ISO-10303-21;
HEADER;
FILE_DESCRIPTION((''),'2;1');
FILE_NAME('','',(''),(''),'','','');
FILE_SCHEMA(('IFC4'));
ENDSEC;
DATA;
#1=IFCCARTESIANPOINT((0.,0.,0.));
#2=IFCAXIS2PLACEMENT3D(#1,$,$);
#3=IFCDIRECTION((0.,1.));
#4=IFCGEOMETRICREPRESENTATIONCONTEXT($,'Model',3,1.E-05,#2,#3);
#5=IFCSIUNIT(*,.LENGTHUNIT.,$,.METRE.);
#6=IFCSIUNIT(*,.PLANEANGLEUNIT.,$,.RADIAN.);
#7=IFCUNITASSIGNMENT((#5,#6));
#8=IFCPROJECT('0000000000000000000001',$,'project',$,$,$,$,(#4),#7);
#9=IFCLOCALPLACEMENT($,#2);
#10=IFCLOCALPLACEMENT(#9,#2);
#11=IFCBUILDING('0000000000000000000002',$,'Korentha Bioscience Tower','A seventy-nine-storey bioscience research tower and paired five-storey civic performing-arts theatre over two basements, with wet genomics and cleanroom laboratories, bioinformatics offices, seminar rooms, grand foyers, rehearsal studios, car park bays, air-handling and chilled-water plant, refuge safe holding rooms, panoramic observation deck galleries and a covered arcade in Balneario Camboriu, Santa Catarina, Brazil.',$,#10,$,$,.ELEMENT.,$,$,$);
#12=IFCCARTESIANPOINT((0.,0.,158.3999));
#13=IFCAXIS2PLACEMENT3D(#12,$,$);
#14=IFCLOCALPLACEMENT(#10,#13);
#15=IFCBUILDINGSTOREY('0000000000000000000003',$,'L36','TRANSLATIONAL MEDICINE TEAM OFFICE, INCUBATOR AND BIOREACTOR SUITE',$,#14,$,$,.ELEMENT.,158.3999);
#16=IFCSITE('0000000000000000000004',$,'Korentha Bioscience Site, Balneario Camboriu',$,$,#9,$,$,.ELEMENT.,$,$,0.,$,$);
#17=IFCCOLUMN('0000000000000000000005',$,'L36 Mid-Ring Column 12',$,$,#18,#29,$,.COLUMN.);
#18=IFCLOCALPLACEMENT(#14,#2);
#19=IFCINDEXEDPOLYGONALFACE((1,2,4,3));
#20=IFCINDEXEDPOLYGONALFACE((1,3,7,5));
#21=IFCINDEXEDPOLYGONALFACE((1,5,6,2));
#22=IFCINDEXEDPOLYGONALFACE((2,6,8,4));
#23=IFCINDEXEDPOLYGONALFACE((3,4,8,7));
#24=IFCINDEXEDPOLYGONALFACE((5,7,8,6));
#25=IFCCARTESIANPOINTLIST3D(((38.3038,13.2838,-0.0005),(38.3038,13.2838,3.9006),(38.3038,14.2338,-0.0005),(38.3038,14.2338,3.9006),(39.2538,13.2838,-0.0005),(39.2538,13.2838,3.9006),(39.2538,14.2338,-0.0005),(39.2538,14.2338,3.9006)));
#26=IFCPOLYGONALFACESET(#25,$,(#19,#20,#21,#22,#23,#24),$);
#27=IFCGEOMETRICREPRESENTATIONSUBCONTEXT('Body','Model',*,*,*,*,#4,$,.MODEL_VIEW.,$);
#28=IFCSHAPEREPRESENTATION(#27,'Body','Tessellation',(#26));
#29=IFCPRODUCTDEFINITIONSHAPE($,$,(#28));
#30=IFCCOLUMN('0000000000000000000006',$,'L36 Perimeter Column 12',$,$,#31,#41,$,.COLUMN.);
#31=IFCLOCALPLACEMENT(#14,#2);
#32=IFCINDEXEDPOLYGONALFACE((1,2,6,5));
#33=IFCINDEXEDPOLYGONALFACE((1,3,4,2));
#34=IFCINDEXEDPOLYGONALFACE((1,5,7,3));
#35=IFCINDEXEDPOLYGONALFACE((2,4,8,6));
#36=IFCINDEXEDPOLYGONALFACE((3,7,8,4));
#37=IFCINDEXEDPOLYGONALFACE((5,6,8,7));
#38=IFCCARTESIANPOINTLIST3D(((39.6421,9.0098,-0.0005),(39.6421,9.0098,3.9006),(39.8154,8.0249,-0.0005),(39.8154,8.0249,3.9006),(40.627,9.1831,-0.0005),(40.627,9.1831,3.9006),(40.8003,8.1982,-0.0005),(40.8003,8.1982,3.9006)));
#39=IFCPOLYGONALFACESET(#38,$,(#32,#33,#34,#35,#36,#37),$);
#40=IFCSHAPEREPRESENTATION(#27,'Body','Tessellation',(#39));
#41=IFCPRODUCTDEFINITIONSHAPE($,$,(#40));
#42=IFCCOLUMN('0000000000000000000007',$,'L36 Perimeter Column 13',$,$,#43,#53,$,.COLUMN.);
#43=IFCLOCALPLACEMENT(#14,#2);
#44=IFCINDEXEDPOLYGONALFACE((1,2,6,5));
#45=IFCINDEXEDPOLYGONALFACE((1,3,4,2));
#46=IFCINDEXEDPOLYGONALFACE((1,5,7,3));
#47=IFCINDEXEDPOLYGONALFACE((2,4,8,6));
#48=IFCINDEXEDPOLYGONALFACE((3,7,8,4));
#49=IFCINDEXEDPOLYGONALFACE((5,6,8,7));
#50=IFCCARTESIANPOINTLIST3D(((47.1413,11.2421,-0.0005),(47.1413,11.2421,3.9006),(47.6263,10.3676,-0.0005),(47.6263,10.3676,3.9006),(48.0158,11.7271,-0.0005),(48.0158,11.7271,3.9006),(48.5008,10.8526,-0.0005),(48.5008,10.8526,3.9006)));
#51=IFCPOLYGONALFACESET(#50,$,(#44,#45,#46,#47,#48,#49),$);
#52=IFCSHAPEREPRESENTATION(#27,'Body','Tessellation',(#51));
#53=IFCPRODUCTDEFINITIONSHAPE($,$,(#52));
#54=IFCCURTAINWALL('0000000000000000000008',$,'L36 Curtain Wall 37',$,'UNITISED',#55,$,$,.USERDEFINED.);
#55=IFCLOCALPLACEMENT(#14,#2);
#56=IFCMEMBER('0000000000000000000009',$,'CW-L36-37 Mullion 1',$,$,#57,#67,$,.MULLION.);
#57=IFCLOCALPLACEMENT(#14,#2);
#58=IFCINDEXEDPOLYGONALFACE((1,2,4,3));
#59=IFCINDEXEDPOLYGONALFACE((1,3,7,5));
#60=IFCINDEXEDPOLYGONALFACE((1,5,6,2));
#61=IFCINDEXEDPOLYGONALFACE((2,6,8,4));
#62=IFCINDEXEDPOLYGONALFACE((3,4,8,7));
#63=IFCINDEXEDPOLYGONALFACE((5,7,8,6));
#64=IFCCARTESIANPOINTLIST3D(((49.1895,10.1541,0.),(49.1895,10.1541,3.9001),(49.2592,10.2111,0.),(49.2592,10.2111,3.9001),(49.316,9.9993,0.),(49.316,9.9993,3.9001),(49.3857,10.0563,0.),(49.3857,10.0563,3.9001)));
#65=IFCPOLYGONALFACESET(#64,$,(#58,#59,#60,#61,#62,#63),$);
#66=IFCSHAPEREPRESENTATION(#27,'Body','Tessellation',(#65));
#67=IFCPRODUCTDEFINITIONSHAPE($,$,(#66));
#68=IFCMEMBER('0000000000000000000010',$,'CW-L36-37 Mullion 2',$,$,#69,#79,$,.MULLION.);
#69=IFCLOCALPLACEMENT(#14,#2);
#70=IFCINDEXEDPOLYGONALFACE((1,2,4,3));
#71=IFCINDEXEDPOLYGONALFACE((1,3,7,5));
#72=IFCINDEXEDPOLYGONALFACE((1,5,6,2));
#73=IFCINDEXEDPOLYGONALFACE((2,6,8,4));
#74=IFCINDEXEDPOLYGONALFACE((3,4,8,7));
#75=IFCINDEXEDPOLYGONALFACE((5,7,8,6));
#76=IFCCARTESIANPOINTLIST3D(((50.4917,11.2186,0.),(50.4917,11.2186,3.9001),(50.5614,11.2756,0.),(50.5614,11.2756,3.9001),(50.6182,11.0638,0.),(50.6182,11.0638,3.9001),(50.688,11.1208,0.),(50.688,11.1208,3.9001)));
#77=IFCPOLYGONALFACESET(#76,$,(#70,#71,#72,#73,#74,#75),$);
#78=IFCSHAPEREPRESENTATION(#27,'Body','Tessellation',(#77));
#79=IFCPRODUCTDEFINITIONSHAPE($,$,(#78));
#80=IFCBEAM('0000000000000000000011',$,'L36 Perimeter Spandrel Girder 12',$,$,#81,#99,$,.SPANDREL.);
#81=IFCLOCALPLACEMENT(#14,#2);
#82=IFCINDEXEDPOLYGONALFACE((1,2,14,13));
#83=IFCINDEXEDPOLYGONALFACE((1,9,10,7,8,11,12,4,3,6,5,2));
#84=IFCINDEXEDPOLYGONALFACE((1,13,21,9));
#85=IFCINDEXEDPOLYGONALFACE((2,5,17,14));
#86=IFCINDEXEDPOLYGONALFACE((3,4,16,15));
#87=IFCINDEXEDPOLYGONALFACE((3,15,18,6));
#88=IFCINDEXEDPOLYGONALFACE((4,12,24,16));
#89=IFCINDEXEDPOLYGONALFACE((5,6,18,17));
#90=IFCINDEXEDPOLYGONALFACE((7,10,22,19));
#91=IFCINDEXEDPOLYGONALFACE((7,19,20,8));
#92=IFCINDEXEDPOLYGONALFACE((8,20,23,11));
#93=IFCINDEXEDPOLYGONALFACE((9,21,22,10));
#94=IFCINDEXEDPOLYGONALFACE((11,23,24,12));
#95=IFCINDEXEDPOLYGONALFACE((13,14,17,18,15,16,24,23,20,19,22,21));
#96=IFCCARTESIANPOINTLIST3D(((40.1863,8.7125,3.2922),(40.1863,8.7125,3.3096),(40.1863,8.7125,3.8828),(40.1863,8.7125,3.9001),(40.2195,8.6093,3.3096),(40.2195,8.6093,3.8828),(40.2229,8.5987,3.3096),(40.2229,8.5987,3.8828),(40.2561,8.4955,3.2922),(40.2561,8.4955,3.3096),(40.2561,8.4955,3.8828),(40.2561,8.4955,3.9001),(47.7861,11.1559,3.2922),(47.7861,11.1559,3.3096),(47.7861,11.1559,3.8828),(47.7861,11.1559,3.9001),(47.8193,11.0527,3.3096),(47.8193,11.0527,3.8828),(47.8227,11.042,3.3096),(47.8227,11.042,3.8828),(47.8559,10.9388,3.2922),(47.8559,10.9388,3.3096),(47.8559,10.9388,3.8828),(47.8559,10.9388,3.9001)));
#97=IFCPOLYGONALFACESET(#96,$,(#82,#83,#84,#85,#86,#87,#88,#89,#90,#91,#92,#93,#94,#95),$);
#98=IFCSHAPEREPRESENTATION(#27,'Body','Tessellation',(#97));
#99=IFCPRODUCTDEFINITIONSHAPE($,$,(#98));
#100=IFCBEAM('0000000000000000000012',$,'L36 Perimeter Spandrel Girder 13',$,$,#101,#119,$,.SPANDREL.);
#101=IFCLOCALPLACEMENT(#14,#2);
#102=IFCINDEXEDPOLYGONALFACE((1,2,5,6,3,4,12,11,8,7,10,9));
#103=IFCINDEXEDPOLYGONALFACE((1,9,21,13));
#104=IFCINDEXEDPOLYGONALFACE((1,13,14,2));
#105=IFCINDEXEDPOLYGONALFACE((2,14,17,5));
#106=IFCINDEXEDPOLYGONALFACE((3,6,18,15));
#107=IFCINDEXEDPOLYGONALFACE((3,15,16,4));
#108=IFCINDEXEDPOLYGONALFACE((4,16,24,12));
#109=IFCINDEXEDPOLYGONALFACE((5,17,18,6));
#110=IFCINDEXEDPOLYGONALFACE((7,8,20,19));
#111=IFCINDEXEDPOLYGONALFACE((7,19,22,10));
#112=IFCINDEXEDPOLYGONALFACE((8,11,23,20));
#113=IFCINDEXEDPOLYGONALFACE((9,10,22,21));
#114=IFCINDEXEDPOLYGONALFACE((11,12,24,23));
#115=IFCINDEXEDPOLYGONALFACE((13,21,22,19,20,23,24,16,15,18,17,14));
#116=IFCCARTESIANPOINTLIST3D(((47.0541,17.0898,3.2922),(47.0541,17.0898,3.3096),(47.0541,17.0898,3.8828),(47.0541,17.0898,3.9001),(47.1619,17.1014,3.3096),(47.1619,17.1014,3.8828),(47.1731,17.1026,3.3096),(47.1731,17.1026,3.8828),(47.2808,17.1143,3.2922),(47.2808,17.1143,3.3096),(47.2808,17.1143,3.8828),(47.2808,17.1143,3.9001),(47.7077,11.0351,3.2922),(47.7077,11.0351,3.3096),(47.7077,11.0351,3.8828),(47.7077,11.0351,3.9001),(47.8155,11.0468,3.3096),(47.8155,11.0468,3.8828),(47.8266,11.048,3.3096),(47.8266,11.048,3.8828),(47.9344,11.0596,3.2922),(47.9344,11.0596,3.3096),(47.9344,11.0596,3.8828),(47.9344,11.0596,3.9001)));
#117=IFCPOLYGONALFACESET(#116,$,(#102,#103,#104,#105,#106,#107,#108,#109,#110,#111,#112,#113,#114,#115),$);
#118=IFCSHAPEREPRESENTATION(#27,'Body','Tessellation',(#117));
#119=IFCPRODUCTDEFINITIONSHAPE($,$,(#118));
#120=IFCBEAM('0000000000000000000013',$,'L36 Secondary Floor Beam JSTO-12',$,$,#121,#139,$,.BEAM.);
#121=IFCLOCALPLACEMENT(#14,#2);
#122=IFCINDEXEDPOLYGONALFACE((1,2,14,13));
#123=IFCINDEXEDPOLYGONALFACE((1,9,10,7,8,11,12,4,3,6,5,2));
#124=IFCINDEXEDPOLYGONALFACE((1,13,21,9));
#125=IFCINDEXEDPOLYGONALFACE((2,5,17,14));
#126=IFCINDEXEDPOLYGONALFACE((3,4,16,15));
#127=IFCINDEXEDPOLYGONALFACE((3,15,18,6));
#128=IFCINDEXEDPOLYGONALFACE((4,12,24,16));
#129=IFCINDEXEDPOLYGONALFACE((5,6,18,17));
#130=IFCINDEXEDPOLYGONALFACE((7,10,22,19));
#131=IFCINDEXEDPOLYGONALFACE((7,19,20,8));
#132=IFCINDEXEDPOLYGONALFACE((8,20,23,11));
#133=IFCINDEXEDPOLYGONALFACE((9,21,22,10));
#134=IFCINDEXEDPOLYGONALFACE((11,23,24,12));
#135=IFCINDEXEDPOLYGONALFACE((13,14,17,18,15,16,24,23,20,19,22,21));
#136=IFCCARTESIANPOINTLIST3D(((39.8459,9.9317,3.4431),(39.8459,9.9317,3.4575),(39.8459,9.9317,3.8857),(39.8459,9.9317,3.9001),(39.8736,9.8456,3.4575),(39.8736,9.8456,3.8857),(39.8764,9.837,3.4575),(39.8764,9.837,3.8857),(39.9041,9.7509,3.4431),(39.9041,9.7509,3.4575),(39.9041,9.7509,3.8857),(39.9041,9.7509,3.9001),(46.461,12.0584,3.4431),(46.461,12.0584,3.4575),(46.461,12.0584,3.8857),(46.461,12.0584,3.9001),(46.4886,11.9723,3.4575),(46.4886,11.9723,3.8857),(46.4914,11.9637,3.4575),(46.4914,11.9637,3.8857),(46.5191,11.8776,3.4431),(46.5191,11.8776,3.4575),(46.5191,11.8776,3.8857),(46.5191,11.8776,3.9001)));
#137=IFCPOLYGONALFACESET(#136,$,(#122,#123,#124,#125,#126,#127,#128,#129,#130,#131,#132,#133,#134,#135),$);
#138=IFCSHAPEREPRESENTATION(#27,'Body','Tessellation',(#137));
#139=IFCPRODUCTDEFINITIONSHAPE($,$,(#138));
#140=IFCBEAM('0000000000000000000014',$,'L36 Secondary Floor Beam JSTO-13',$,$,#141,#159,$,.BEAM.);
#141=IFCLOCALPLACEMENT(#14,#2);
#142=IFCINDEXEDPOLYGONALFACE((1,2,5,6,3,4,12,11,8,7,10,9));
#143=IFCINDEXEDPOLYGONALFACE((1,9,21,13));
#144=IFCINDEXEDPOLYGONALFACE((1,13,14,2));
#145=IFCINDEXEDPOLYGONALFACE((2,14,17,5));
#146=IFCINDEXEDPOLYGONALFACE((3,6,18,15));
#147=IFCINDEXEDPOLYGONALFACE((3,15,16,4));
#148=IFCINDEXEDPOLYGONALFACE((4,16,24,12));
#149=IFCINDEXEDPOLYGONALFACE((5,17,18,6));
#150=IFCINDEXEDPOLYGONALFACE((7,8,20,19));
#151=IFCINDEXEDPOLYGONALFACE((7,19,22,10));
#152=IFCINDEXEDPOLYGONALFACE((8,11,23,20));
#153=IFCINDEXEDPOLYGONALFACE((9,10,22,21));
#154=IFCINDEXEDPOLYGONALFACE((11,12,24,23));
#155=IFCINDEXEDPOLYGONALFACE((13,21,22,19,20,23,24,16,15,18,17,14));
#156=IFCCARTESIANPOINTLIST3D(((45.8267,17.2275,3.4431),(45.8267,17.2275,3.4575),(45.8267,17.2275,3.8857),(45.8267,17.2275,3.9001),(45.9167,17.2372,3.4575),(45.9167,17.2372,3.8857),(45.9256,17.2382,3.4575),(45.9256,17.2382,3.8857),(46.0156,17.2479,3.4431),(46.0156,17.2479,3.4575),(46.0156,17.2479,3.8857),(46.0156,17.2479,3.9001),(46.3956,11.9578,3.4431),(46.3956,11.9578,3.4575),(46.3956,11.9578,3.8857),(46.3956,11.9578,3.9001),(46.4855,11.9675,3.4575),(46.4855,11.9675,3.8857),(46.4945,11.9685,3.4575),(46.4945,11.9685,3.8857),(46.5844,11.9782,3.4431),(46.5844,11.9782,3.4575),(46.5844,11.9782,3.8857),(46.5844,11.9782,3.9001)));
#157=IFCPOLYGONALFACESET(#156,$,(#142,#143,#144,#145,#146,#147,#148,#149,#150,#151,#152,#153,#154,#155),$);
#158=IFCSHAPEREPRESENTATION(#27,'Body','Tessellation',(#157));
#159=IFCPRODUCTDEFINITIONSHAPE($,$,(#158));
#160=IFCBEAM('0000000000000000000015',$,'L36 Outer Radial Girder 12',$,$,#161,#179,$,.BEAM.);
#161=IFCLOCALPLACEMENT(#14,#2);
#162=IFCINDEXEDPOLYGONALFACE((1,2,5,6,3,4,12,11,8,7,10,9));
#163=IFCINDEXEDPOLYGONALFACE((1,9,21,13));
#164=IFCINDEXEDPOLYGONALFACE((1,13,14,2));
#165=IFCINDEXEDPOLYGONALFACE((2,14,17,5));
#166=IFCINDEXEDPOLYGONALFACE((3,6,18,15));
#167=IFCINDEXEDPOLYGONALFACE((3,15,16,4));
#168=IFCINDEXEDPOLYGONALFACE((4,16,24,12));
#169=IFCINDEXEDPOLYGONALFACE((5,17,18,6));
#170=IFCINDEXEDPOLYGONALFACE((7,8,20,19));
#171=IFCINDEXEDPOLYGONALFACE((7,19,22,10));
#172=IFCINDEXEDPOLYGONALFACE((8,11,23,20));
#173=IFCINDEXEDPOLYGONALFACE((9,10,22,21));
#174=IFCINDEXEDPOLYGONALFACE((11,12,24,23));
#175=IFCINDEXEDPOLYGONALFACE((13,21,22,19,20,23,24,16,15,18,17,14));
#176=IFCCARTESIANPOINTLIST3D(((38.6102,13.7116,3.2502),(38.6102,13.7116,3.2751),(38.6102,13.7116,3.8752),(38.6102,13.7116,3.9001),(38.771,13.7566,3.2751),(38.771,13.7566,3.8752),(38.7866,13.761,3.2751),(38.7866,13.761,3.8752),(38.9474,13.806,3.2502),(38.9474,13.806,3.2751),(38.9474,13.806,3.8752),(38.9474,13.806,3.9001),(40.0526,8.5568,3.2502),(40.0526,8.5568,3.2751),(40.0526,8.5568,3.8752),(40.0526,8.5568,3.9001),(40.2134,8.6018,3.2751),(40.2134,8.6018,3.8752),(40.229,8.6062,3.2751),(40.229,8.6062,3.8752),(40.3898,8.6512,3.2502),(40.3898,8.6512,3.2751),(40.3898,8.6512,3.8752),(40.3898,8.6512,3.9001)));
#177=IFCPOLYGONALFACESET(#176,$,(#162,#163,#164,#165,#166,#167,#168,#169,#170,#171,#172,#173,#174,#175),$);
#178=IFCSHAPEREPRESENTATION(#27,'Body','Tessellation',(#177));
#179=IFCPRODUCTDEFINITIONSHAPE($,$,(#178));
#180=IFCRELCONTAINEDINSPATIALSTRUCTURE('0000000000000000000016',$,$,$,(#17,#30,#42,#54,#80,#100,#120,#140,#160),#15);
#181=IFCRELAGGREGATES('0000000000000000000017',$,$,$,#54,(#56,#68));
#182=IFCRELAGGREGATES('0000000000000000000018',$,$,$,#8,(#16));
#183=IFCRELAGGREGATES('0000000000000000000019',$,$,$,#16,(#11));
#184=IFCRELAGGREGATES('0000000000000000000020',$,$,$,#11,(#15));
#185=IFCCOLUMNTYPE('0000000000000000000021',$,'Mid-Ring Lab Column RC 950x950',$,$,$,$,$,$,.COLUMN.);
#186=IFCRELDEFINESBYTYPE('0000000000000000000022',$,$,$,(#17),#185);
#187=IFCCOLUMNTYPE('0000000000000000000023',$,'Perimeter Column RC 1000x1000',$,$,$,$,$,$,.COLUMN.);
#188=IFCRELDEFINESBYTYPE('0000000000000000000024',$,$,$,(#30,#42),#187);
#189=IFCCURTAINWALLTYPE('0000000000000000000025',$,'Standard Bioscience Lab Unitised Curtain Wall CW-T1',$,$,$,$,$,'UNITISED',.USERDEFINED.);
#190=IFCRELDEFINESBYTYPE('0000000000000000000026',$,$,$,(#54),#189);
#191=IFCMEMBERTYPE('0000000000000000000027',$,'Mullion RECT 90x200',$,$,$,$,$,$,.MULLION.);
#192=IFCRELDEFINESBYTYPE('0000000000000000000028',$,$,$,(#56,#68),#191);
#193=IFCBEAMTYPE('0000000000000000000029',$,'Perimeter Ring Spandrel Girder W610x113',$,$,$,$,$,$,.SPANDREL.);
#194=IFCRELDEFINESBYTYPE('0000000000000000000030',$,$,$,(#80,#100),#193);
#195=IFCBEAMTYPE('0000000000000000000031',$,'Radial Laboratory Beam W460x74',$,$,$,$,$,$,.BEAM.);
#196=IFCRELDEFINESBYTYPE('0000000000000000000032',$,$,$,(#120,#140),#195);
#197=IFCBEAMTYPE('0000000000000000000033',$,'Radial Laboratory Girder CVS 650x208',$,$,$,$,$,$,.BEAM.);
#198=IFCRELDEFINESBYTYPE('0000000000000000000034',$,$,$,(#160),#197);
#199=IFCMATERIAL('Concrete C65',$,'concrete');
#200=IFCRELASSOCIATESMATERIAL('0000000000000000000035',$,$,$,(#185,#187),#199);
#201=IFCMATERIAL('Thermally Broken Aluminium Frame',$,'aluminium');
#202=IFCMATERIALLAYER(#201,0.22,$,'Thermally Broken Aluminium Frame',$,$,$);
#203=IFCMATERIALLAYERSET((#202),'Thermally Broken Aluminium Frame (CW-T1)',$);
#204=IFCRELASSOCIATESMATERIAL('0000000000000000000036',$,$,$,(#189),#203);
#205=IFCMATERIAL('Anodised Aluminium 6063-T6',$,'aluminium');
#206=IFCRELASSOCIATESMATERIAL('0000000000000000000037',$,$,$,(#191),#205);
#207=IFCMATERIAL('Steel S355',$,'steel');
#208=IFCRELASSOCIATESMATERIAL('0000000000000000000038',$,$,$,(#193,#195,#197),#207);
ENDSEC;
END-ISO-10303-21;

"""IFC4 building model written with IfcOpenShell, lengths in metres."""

from ifc_helpers import new_model, si_unit, direction, frame, origin, origin_2d, place, context, subcontext, project, spatial, rectangle, i_section, extrude, material, layer, layer_set, material_profile, profile_set, type_object, element, aggregate, save


model = new_model("IFC4")

# Units and contexts
model_context = context("Model", 3, precision=1e-05, world=origin(), true_north=direction((0.0, 1.0)))
body_context = subcontext(model_context, "Body", "Model", "MODEL_VIEW")
ifc_project = project(units=[si_unit("LENGTHUNIT", "METRE"), si_unit("PLANEANGLEUNIT", "RADIAN")], contexts=[model_context])

# Site, building, storey
site_placement = place(None, origin())
site = spatial("IfcSite", under=ifc_project, at=site_placement, Name="Korentha Bioscience Site, Balneario Camboriu", CompositionType="ELEMENT", RefElevation=0.0)
building_placement = place(site_placement, origin())
building = spatial("IfcBuilding", under=site, at=building_placement, Name="Korentha Bioscience Tower", Description="A seventy-nine-storey bioscience research tower and paired five-storey civic performing-arts theatre over two basements, with wet genomics and cleanroom laboratories, bioinformatics offices, seminar rooms, grand foyers, rehearsal studios, car park bays, air-handling and chilled-water plant, refuge safe holding rooms, panoramic observation deck galleries and a covered arcade in Balneario Camboriu, Santa Catarina, Brazil.", CompositionType="ELEMENT")
storey_placement = place(building_placement, frame((0.0, 0.0, 158.3999)))
storey = spatial("IfcBuildingStorey", under=building, at=storey_placement, Name="L36", Description="TRANSLATIONAL MEDICINE TEAM OFFICE, INCUBATOR AND BIOREACTOR SUITE", CompositionType="ELEMENT", Elevation=158.3999)

# Columns
ifc_material_1 = material(Name="Concrete C65", Category="concrete")
ifc_material_profile_1 = material_profile(ifc_material_1, rectangle(XDim=0.95, YDim=0.95, at=origin_2d()), Name="Concrete C65")
ifc_profile_set_1 = profile_set([ifc_material_profile_1], Name="Concrete C65 (COL-MR09)")
column_type_1 = type_object("IfcColumnType", Name="Mid-Ring Lab Column RC 950x950", PredefinedType="COLUMN", material=ifc_profile_set_1)
column_placement = place(storey_placement, frame((38.7788, 13.7588, -0.0005), z_axis=(0.0, 0.0, 1.0), x_axis=(1.0, 0.0, 0.0)))
element("IfcColumn", 1, at=column_placement, inside=storey, type_object=column_type_1, Name="L36 Mid-Ring Column 12", PredefinedType="COLUMN", context=body_context, shape_type="SweptSolid", body=[
    extrude(rectangle(XDim=0.95, YDim=0.95, at=origin_2d()), origin(), (0.0, 0.0, 1.0), 3.9011),
])
ifc_material_profile_2 = material_profile(ifc_material_1, rectangle(XDim=1.0, YDim=1.0, at=origin_2d()), Name="Concrete C65")
ifc_profile_set_2 = profile_set([ifc_material_profile_2], Name="Concrete C65 (COL-P10)")
column_type_2 = type_object("IfcColumnType", Name="Perimeter Column RC 1000x1000", PredefinedType="COLUMN", material=ifc_profile_set_2)
for number, where, z_axis, x_axis, name in (
    (2, (40.2212, 8.604, -0.0005), (0.0, 0.0, 1.0), (0.984868, 0.173304, 0.0), "L36 Perimeter Column 12"),
    (3, (47.821, 11.0474, -0.0005), (0.0, 0.0, 1.0), (0.874535, 0.484962, 0.0), "L36 Perimeter Column 13"),
):
    element("IfcColumn", number, at=place(storey_placement, frame(where, z_axis=z_axis, x_axis=x_axis)), inside=storey, type_object=column_type_2, Name=name, PredefinedType="COLUMN", context=body_context, shape_type="SweptSolid", body=[
        extrude(rectangle(XDim=1.0, YDim=1.0, at=origin_2d()), origin(), (0.0, 0.0, 1.0), 3.9011),
    ])

# Curtain wall, members
ifc_material_2 = material(Name="Thermally Broken Aluminium Frame", Category="aluminium")
ifc_layer_1 = layer(ifc_material_2, 0.22, Name="Thermally Broken Aluminium Frame")
ifc_layer_set_1 = layer_set([ifc_layer_1], Name="Thermally Broken Aluminium Frame (CW-T1)")
curtain_wall_type = type_object("IfcCurtainWallType", Name="Standard Bioscience Lab Unitised Curtain Wall CW-T1", ElementType="UNITISED", PredefinedType="USERDEFINED", material=ifc_layer_set_1)
curtain_wall_placement = place(storey_placement, origin())
curtain_wall = element("IfcCurtainWall", 4, at=curtain_wall_placement, inside=storey, type_object=curtain_wall_type, Name="L36 Curtain Wall 37", ObjectType="UNITISED", PredefinedType="USERDEFINED")
ifc_material_3 = material(Name="Anodised Aluminium 6063-T6", Category="aluminium")
ifc_material_profile_3 = material_profile(ifc_material_3, rectangle(XDim=0.0901, YDim=0.2, at=origin_2d()), Name="Anodised Aluminium 6063-T6")
ifc_profile_set_3 = profile_set([ifc_material_profile_3], Name="Anodised Aluminium 6063-T6 (CW-MUL)")
member_type_1 = type_object("IfcMemberType", Name="Mullion RECT 90x200", PredefinedType="MULLION", material=ifc_profile_set_3)
member_1_placement = place(storey_placement, frame((49.2876, 10.1052, 0.0), z_axis=(0.0, 0.0, 1.0), x_axis=(0.774256, 0.632872, 0.0)))
member_1 = element("IfcMember", 5, at=member_1_placement, type_object=member_type_1, Name="CW-L36-37 Mullion 1", PredefinedType="MULLION", context=body_context, shape_type="SweptSolid", body=[
    extrude(rectangle(XDim=0.0901, YDim=0.2, at=origin_2d()), origin(), (0.0, 0.0, 1.0), 3.9001),
])
member_2_placement = place(storey_placement, frame((50.5898, 11.1697, 0.0), z_axis=(0.0, 0.0, 1.0), x_axis=(0.774256, 0.632872, 0.0)))
member_2 = element("IfcMember", 6, at=member_2_placement, type_object=member_type_1, Name="CW-L36-37 Mullion 2", PredefinedType="MULLION", context=body_context, shape_type="SweptSolid", body=[
    extrude(rectangle(XDim=0.0901, YDim=0.2, at=origin_2d()), origin(), (0.0, 0.0, 1.0), 3.9001),
])

# Beams
ifc_material_4 = material(Name="Steel S355", Category="steel")
ifc_material_profile_4 = material_profile(ifc_material_4, i_section(OverallWidth=0.228, OverallDepth=0.6079, WebThickness=0.0112, FlangeThickness=0.0173, at=origin_2d()), Name="Steel S355")
ifc_profile_set_4 = profile_set([ifc_material_profile_4], Name="Steel S355 (SB-610)")
beam_type_1 = type_object("IfcBeamType", Name="Perimeter Ring Spandrel Girder W610x113", PredefinedType="SPANDREL", material=ifc_profile_set_4)
beam_1_placement = place(storey_placement, frame((40.2212, 8.604, 3.5962), z_axis=(0.952009, 0.306072, 0.0), x_axis=(-0.306072, 0.952009, 0.0)))
element("IfcBeam", 7, at=beam_1_placement, inside=storey, type_object=beam_type_1, Name="L36 Perimeter Spandrel Girder 12", PredefinedType="SPANDREL", context=body_context, shape_type="SweptSolid", body=[
    extrude(i_section(OverallWidth=0.228, OverallDepth=0.6079, WebThickness=0.0112, FlangeThickness=0.0173, at=origin_2d()), origin(), (0.0, 0.0, 1.0), 7.9829),
])
beam_2_placement = place(storey_placement, frame((47.821, 11.0474, 3.5962), z_axis=(-0.10732, 0.994225, 0.0), x_axis=(-0.994225, -0.10732, 0.0)))
element("IfcBeam", 8, at=beam_2_placement, inside=storey, type_object=beam_type_1, Name="L36 Perimeter Spandrel Girder 13", PredefinedType="SPANDREL", context=body_context, shape_type="SweptSolid", body=[
    extrude(i_section(OverallWidth=0.228, OverallDepth=0.6079, WebThickness=0.0112, FlangeThickness=0.0173, at=origin_2d()), origin(), (0.0, 0.0, 1.0), 6.0898),
])
ifc_material_profile_5 = material_profile(ifc_material_4, i_section(OverallWidth=0.1899, OverallDepth=0.457, WebThickness=0.009, FlangeThickness=0.0144, at=origin_2d()), Name="Steel S355")
ifc_profile_set_5 = profile_set([ifc_material_profile_5], Name="Steel S355 (RB-460)")
beam_type_2 = type_object("IfcBeamType", Name="Radial Laboratory Beam W460x74", PredefinedType="BEAM", material=ifc_profile_set_5)
beam_3_placement = place(storey_placement, frame((39.875, 9.8413, 3.6716), z_axis=(0.952009, 0.306069, 0.0), x_axis=(-0.306069, 0.952009, 0.0)))
element("IfcBeam", 9, at=beam_3_placement, inside=storey, type_object=beam_type_2, Name="L36 Secondary Floor Beam JSTO-12", PredefinedType="BEAM", context=body_context, shape_type="SweptSolid", body=[
    extrude(i_section(OverallWidth=0.1899, OverallDepth=0.457, WebThickness=0.009, FlangeThickness=0.0144, at=origin_2d()), origin(), (0.0, 0.0, 1.0), 6.9485),
])
beam_4_placement = place(storey_placement, frame((46.49, 11.968, 3.6716), z_axis=(-0.107322, 0.994224, 0.0), x_axis=(-0.994224, -0.107322, 0.0)))
element("IfcBeam", 10, at=beam_4_placement, inside=storey, type_object=beam_type_2, Name="L36 Secondary Floor Beam JSTO-13", PredefinedType="BEAM", context=body_context, shape_type="SweptSolid", body=[
    extrude(i_section(OverallWidth=0.1899, OverallDepth=0.457, WebThickness=0.009, FlangeThickness=0.0144, at=origin_2d()), origin(), (0.0, 0.0, 1.0), 5.3003),
])
ifc_material_profile_6 = material_profile(ifc_material_4, i_section(OverallWidth=0.3501, OverallDepth=0.6499, WebThickness=0.0161, FlangeThickness=0.0249, at=origin_2d()), Name="Steel S355")
ifc_profile_set_6 = profile_set([ifc_material_profile_6], Name="Steel S355 (RB-650)")
beam_type_3 = type_object("IfcBeamType", Name="Radial Laboratory Girder CVS 650x208", PredefinedType="BEAM", material=ifc_profile_set_6)
beam_5_placement = place(storey_placement, frame((38.7788, 13.7588, 3.5752), z_axis=(0.269464, -0.96301, 0.0), x_axis=(0.96301, 0.269464, 0.0)))
element("IfcBeam", 11, at=beam_5_placement, inside=storey, type_object=beam_type_3, Name="L36 Outer Radial Girder 12", PredefinedType="BEAM", context=body_context, shape_type="SweptSolid", body=[
    extrude(i_section(OverallWidth=0.3501, OverallDepth=0.6499, WebThickness=0.0161, FlangeThickness=0.0249, at=origin_2d()), origin(), (0.0, 0.0, 1.0), 5.3528),
])

aggregate(curtain_wall, [member_1, member_2])

save(model, "model.ifc")
